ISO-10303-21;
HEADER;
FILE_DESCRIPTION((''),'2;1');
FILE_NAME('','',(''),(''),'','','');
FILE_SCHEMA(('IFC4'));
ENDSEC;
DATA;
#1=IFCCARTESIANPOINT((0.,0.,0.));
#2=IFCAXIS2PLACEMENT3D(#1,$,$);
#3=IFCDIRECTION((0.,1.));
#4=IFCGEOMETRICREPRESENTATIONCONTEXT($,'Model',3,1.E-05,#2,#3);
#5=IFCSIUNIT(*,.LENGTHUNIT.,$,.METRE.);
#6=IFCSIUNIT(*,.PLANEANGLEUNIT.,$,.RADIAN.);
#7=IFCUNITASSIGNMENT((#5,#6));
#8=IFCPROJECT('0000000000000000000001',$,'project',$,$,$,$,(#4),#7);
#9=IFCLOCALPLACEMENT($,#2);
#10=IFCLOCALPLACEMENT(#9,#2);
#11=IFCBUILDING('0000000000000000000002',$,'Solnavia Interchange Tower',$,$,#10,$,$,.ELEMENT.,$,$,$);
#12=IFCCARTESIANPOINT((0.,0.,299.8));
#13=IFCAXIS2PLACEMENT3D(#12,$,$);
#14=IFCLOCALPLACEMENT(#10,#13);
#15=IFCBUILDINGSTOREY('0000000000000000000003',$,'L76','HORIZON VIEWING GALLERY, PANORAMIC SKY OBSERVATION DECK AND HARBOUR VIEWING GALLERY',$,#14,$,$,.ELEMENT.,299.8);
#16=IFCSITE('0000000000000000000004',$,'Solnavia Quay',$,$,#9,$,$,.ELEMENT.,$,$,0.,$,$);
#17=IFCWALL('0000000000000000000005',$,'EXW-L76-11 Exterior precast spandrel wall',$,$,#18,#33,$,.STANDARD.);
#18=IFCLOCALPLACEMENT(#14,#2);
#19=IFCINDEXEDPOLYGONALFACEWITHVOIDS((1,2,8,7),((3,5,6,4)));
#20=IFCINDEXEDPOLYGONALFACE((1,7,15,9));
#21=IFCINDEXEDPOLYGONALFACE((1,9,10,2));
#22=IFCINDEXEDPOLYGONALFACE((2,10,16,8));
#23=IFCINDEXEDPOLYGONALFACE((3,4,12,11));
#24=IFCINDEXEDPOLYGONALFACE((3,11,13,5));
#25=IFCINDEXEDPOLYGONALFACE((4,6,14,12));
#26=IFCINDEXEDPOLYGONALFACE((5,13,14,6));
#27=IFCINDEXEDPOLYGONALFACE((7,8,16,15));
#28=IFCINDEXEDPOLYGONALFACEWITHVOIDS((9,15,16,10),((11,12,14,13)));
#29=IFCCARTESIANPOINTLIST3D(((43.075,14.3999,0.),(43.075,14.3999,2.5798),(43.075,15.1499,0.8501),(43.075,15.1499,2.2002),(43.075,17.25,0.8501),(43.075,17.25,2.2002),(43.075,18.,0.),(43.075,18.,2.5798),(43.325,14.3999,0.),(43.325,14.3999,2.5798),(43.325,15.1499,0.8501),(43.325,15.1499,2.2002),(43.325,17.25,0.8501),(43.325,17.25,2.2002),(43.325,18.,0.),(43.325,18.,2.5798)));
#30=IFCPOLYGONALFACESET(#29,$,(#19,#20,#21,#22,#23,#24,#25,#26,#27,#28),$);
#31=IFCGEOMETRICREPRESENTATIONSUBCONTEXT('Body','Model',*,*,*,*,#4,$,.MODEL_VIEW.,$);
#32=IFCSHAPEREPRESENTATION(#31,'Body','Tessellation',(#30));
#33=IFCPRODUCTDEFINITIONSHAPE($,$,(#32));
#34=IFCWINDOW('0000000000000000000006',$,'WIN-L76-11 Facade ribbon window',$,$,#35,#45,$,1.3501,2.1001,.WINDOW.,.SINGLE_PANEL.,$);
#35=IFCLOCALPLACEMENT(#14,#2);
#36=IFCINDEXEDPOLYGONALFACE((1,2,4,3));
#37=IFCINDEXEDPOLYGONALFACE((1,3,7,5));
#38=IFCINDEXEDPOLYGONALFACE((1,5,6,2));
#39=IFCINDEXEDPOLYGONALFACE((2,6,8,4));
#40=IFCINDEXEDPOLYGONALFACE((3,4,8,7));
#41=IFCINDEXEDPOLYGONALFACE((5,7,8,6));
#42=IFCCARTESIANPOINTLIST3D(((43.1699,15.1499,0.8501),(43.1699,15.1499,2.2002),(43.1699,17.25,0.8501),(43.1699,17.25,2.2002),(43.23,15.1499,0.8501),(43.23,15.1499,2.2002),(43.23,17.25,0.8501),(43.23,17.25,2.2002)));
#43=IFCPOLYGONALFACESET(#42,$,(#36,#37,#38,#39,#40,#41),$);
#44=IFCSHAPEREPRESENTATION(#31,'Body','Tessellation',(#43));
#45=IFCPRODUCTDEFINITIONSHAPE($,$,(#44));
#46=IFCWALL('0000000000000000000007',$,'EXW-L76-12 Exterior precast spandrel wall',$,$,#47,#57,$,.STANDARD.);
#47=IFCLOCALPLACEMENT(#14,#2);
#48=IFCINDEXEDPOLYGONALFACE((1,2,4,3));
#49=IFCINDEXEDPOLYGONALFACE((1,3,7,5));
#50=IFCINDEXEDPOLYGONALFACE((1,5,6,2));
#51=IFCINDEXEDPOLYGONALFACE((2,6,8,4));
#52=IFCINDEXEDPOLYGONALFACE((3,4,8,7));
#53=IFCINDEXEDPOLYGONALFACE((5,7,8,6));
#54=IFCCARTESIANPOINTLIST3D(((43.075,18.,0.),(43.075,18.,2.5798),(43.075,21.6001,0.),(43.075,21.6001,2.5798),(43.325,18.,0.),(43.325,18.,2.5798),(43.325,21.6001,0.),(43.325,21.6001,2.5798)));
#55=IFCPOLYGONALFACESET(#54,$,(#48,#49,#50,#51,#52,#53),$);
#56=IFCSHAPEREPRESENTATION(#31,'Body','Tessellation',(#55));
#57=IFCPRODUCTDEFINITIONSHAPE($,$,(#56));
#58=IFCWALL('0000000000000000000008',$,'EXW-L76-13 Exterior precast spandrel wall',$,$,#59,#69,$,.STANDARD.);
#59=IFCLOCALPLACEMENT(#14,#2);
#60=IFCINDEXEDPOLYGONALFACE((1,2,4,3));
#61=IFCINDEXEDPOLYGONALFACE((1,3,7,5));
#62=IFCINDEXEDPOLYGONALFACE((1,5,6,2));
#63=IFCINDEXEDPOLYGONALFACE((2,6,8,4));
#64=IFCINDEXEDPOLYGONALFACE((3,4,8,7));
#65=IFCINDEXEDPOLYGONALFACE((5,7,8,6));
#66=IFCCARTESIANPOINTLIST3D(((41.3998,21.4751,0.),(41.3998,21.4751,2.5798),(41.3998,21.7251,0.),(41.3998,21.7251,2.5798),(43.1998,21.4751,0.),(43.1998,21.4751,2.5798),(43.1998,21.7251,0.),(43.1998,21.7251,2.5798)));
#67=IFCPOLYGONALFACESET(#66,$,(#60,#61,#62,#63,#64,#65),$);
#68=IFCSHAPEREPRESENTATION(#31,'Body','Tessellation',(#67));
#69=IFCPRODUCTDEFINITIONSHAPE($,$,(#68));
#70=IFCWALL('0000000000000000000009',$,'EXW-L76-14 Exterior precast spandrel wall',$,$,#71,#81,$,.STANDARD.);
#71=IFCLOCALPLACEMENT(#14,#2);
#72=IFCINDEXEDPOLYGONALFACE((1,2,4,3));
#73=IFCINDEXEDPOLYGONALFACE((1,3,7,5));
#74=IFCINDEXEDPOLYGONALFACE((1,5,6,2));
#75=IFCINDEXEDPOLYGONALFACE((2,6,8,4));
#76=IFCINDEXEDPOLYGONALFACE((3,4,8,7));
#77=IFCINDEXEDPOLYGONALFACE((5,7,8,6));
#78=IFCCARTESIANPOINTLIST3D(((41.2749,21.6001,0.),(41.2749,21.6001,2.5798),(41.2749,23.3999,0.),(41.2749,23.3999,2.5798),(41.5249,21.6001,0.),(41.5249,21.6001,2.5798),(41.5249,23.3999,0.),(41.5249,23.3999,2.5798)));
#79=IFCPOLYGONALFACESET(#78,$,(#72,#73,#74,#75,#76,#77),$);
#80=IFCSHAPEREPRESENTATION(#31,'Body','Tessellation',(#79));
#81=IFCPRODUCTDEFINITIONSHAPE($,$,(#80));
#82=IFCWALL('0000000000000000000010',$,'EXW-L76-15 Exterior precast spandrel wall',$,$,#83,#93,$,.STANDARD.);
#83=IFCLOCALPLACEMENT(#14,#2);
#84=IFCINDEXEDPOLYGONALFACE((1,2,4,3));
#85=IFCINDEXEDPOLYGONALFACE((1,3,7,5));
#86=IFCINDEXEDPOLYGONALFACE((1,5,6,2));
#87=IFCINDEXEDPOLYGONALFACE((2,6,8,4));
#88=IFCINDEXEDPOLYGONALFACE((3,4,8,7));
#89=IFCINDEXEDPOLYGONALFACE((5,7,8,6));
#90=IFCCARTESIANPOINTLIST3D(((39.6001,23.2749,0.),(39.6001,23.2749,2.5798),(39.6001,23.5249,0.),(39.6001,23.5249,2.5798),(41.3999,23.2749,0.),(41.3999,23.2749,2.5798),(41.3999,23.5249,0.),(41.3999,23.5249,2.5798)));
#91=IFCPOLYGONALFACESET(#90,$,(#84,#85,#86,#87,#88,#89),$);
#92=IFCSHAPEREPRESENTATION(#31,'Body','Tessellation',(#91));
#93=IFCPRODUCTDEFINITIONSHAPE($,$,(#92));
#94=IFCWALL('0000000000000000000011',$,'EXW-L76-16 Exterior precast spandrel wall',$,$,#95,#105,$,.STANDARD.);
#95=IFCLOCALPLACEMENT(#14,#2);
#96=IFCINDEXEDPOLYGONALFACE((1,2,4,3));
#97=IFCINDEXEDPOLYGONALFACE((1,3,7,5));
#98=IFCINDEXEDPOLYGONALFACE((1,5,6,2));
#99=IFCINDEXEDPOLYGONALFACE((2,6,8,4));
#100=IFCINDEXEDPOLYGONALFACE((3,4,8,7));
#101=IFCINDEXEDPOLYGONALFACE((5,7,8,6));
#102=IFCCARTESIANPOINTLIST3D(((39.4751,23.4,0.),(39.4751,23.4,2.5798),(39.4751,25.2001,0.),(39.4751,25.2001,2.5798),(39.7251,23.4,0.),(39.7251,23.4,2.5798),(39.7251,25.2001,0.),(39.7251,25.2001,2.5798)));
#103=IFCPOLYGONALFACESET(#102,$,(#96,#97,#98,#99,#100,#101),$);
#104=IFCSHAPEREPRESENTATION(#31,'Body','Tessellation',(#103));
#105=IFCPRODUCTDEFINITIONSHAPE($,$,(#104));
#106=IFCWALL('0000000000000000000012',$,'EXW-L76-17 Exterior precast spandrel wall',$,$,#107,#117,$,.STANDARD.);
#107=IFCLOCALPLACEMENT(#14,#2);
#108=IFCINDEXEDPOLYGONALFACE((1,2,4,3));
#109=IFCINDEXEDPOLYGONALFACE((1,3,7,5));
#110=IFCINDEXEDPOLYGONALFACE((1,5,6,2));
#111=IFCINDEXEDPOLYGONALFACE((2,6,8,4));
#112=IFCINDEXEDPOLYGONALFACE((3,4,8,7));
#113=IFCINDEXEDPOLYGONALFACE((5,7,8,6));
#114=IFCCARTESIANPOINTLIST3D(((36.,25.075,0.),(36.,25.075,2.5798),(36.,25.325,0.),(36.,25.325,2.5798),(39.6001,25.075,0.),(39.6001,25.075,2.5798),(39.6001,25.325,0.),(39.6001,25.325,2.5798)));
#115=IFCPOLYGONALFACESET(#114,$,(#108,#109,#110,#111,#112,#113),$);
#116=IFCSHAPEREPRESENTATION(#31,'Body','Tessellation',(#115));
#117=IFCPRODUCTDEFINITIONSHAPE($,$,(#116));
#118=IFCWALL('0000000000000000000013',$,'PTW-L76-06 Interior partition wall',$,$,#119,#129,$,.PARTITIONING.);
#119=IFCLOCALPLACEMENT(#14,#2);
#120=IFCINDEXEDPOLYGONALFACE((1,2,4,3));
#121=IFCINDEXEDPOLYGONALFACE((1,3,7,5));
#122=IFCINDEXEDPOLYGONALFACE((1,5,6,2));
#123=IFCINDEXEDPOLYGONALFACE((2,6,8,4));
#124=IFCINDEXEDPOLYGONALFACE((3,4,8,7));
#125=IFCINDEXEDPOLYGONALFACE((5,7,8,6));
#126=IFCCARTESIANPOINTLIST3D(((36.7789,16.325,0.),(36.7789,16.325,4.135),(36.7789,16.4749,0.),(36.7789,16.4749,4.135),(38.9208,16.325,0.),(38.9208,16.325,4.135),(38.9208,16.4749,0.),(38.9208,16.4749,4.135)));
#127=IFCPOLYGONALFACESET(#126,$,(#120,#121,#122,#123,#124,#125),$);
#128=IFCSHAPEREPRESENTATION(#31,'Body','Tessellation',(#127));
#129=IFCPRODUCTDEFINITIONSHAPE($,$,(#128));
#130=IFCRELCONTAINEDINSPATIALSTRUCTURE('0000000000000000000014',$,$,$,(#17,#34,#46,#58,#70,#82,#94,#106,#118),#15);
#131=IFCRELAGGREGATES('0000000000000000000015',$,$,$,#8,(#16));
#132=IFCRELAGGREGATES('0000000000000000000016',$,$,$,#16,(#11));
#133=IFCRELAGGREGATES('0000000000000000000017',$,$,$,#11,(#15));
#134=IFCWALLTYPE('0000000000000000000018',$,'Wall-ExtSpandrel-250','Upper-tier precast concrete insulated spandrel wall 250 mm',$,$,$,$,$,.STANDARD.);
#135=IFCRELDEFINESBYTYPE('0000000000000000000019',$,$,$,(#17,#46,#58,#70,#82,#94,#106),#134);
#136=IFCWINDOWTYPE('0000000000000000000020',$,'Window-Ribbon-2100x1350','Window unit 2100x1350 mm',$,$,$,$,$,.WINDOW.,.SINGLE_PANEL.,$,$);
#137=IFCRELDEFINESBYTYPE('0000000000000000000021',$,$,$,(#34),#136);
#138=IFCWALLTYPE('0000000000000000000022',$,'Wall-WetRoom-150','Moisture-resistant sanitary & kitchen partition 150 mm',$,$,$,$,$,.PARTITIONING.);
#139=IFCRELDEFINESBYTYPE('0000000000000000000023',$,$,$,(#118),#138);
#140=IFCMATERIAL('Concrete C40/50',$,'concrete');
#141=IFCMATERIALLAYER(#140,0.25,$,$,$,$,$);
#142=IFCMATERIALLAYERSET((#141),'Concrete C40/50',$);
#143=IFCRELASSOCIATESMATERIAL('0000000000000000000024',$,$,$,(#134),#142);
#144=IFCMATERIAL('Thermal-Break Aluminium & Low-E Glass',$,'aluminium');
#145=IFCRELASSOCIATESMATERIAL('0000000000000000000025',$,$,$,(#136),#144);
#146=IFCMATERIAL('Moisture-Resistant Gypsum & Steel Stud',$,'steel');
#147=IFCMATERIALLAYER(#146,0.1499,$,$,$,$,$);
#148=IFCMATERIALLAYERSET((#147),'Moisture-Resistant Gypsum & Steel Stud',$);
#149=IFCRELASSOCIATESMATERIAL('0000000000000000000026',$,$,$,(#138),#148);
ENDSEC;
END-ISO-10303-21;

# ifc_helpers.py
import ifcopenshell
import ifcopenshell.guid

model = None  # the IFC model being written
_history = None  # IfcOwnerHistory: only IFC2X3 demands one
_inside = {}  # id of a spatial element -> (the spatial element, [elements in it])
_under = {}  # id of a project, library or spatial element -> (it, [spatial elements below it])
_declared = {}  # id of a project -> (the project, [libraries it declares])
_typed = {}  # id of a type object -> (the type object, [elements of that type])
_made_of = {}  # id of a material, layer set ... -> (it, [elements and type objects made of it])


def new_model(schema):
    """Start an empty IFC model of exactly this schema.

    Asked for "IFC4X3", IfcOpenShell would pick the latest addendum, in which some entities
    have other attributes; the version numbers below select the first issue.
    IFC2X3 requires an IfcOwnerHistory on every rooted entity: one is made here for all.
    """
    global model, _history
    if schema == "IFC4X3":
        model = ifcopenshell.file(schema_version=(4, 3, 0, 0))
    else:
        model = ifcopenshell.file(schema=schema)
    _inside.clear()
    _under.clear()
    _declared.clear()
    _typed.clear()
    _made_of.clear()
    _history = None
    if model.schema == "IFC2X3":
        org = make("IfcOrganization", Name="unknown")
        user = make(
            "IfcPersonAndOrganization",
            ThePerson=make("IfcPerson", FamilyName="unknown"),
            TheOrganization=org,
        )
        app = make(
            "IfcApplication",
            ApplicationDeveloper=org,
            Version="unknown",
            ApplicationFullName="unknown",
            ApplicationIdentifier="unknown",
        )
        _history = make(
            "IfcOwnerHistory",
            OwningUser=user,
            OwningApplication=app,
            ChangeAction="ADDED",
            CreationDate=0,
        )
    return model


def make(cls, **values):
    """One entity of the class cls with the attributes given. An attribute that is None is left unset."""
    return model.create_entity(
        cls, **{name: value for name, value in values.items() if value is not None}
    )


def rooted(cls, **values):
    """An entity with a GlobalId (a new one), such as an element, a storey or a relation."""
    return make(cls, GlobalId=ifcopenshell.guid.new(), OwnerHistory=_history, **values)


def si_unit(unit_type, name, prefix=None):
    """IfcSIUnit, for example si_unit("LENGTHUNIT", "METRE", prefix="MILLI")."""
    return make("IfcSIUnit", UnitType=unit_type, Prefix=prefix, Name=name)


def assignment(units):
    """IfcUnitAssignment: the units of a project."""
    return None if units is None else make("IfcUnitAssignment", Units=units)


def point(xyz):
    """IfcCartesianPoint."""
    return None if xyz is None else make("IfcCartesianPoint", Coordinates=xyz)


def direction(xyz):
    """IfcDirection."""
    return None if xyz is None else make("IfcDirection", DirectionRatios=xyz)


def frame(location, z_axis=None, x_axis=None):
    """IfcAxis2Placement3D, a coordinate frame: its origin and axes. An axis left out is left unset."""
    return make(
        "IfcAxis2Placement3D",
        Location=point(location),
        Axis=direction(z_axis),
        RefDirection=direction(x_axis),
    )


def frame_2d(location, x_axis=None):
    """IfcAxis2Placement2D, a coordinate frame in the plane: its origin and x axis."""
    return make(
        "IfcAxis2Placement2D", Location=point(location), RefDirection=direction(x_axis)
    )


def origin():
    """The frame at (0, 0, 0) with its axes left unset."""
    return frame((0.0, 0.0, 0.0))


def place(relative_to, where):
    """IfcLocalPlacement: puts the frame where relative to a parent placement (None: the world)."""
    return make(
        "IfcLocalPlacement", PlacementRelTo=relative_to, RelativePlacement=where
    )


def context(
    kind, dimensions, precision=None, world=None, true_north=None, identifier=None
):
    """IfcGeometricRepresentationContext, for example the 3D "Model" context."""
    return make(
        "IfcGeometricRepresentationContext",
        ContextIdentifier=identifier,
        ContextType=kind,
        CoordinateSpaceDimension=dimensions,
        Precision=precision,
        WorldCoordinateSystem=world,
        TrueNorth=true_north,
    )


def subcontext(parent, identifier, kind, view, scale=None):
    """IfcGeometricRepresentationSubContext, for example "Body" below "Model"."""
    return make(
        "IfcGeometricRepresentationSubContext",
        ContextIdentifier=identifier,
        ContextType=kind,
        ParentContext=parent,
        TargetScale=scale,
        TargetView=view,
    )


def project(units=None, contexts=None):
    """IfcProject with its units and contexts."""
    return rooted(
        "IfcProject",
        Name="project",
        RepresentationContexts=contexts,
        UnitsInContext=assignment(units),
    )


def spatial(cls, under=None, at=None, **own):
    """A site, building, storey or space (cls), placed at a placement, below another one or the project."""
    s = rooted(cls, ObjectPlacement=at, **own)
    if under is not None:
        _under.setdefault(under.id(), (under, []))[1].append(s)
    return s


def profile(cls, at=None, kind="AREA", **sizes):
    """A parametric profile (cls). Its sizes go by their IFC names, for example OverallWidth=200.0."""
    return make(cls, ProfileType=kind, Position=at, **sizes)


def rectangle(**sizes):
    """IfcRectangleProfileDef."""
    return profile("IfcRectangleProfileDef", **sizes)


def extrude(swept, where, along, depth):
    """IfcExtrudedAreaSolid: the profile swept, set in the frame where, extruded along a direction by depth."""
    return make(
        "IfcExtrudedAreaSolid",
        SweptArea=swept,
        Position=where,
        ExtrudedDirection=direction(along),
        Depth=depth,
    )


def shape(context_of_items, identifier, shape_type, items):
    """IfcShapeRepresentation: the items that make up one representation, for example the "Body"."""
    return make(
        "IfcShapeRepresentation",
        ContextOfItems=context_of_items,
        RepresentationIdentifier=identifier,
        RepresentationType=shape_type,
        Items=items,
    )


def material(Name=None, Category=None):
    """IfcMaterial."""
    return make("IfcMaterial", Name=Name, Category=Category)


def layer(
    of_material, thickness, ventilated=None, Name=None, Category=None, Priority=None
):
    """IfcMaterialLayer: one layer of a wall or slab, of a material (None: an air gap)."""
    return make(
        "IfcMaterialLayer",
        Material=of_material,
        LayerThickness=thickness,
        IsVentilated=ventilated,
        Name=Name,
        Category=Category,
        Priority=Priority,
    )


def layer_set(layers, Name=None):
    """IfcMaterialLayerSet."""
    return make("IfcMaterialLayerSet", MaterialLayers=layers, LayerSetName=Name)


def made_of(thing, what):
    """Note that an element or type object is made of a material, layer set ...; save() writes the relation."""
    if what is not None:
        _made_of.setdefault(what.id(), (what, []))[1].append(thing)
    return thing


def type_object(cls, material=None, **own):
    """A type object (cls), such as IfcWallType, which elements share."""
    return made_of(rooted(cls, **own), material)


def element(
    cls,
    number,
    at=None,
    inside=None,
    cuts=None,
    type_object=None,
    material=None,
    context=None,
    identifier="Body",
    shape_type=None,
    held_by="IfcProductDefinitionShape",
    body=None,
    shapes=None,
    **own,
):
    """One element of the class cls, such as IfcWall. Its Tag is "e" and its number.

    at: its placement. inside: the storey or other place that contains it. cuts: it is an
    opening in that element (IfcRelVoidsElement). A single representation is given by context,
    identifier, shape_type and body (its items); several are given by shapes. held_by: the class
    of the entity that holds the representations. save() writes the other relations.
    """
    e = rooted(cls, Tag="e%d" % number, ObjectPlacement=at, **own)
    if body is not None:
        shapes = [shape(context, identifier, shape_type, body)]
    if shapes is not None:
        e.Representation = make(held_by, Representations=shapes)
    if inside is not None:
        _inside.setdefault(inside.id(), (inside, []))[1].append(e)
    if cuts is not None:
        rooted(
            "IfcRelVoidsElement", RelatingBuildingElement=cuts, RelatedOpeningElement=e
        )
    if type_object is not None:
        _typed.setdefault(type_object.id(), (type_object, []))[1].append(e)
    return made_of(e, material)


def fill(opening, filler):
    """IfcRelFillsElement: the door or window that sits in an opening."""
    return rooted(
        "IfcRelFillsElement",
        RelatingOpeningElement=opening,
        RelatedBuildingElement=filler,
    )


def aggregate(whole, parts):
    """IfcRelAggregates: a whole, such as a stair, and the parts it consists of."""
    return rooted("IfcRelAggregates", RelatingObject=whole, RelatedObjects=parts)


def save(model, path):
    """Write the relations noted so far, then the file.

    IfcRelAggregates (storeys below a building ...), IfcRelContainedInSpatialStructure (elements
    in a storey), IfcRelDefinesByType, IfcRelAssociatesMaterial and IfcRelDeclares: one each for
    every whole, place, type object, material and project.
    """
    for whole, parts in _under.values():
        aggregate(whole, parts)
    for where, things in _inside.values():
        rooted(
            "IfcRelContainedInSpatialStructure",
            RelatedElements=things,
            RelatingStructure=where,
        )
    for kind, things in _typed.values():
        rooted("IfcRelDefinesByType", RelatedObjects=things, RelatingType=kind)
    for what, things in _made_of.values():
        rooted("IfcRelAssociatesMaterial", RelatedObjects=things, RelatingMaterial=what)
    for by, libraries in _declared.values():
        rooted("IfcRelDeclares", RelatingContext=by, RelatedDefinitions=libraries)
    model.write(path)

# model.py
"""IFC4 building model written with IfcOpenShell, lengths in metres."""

from ifc_helpers import new_model, si_unit, direction, frame, frame_2d, origin, place, context, subcontext, project, spatial, rectangle, extrude, material, layer, layer_set, type_object, element, fill, save


model = new_model("IFC4")

# Units and contexts
model_context = context("Model", 3, precision=1e-05, world=origin(), true_north=direction((0.0, 1.0)))
body_context = subcontext(model_context, "Body", "Model", "MODEL_VIEW")
ifc_project = project(units=[si_unit("LENGTHUNIT", "METRE"), si_unit("PLANEANGLEUNIT", "RADIAN")], contexts=[model_context])

# Site, building, storey
site_placement = place(None, origin())
site = spatial("IfcSite", under=ifc_project, at=site_placement, Name="Solnavia Quay", CompositionType="ELEMENT", RefElevation=0.0)
building_placement = place(site_placement, origin())
building = spatial("IfcBuilding", under=site, at=building_placement, Name="Solnavia Interchange Tower", CompositionType="ELEMENT")
storey_placement = place(building_placement, frame((0.0, 0.0, 299.8)))
storey = spatial("IfcBuildingStorey", under=building, at=storey_placement, Name="L76", Description="HORIZON VIEWING GALLERY, PANORAMIC SKY OBSERVATION DECK AND HARBOUR VIEWING GALLERY", CompositionType="ELEMENT", Elevation=299.8)

# Wall, opening, window
ifc_material_1 = material(Name="Concrete C40/50", Category="concrete")
ifc_layer_1 = layer(ifc_material_1, 0.25)
ifc_layer_set_1 = layer_set([ifc_layer_1], Name="Concrete C40/50")
wall_type_1 = type_object("IfcWallType", Name="Wall-ExtSpandrel-250", Description="Upper-tier precast concrete insulated spandrel wall 250 mm", PredefinedType="STANDARD", material=ifc_layer_set_1)
wall_1_placement = place(storey_placement, frame((43.2, 18.0, 0.0), z_axis=(0.0, 0.0, 1.0), x_axis=(0.0, -1.0, 0.0)))
wall_1 = element("IfcWall", 1, at=wall_1_placement, inside=storey, type_object=wall_type_1, Name="EXW-L76-11 Exterior precast spandrel wall", PredefinedType="STANDARD", context=body_context, shape_type="SweptSolid", body=[
    extrude(rectangle(XDim=3.6001, YDim=0.25, at=frame_2d((1.8, 0.0))), origin(), (0.0, 0.0, 1.0), 2.5798),
])
opening_placement = place(wall_1_placement, frame((0.75, 0.0, 0.8501)))
opening = element("IfcOpeningElement", 2, at=opening_placement, cuts=wall_1, PredefinedType="OPENING", context=body_context, shape_type="SweptSolid", body=[
    extrude(rectangle(XDim=2.1001, YDim=1.3501, at=frame_2d((1.05, 0.675))), frame((0.0, 0.135, 0.0), z_axis=(0.0, -1.0, 0.0), x_axis=(1.0, 0.0, 0.0)), (0.0, 0.0, 1.0), 0.27),
])
ifc_material_2 = material(Name="Thermal-Break Aluminium & Low-E Glass", Category="aluminium")
window_type = type_object("IfcWindowType", Name="Window-Ribbon-2100x1350", Description="Window unit 2100x1350 mm", PartitioningType="SINGLE_PANEL", PredefinedType="WINDOW", material=ifc_material_2)
window_placement = place(opening_placement, origin())
window = element("IfcWindow", 3, at=window_placement, inside=storey, type_object=window_type, Name="WIN-L76-11 Facade ribbon window", OverallHeight=1.3501, OverallWidth=2.1001, PartitioningType="SINGLE_PANEL", PredefinedType="WINDOW", context=body_context, shape_type="SweptSolid", body=[
    extrude(rectangle(XDim=2.1001, YDim=1.3501, at=frame_2d((1.05, 0.675))), frame((0.0, 0.03, 0.0), z_axis=(0.0, -1.0, 0.0), x_axis=(1.0, 0.0, 0.0)), (0.0, 0.0, 1.0), 0.0601),
])
fill(opening, window)

# Walls
wall_2_placement = place(storey_placement, frame((43.2, 21.6001, 0.0), z_axis=(0.0, 0.0, 1.0), x_axis=(0.0, -1.0, 0.0)))
element("IfcWall", 4, at=wall_2_placement, inside=storey, type_object=wall_type_1, Name="EXW-L76-12 Exterior precast spandrel wall", PredefinedType="STANDARD", context=body_context, shape_type="SweptSolid", body=[
    extrude(rectangle(XDim=3.6001, YDim=0.25, at=frame_2d((1.8, 0.0))), origin(), (0.0, 0.0, 1.0), 2.5798),
])
wall_3_placement = place(storey_placement, frame((41.3999, 21.6001, 0.0), z_axis=(0.0, 0.0, 1.0), x_axis=(1.0, 0.0, 0.0)))
element("IfcWall", 5, at=wall_3_placement, inside=storey, type_object=wall_type_1, Name="EXW-L76-13 Exterior precast spandrel wall", PredefinedType="STANDARD", context=body_context, shape_type="SweptSolid", body=[
    extrude(rectangle(XDim=1.8, YDim=0.25, at=frame_2d((0.8999, 0.0))), origin(), (0.0, 0.0, 1.0), 2.5798),
])
for number, where, z_axis, x_axis, name in (
    (6, (41.3999, 23.3999, 0.0), (0.0, 0.0, 1.0), (0.0, -1.0, 0.0), "EXW-L76-14 Exterior precast spandrel wall"),
    (7, (39.6001, 23.3999, 0.0), (0.0, 0.0, 1.0), (1.0, 0.0, 0.0), "EXW-L76-15 Exterior precast spandrel wall"),
):
    element("IfcWall", number, at=place(storey_placement, frame(where, z_axis=z_axis, x_axis=x_axis)), inside=storey, type_object=wall_type_1, Name=name, PredefinedType="STANDARD", context=body_context, shape_type="SweptSolid", body=[
        extrude(rectangle(XDim=1.7998, YDim=0.25, at=frame_2d((0.8999, 0.0))), origin(), (0.0, 0.0, 1.0), 2.5798),
    ])
wall_4_placement = place(storey_placement, frame((39.6001, 25.2, 0.0), z_axis=(0.0, 0.0, 1.0), x_axis=(0.0, -1.0, 0.0)))
element("IfcWall", 8, at=wall_4_placement, inside=storey, type_object=wall_type_1, Name="EXW-L76-16 Exterior precast spandrel wall", PredefinedType="STANDARD", context=body_context, shape_type="SweptSolid", body=[
    extrude(rectangle(XDim=1.8, YDim=0.25, at=frame_2d((0.8999, 0.0))), origin(), (0.0, 0.0, 1.0), 2.5798),
])
wall_5_placement = place(storey_placement, frame((36.0, 25.2, 0.0), z_axis=(0.0, 0.0, 1.0), x_axis=(1.0, 0.0, 0.0)))
element("IfcWall", 9, at=wall_5_placement, inside=storey, type_object=wall_type_1, Name="EXW-L76-17 Exterior precast spandrel wall", PredefinedType="STANDARD", context=body_context, shape_type="SweptSolid", body=[
    extrude(rectangle(XDim=3.6001, YDim=0.25, at=frame_2d((1.8, 0.0))), origin(), (0.0, 0.0, 1.0), 2.5798),
])
ifc_material_3 = material(Name="Moisture-Resistant Gypsum & Steel Stud", Category="steel")
ifc_layer_2 = layer(ifc_material_3, 0.1499)
ifc_layer_set_2 = layer_set([ifc_layer_2], Name="Moisture-Resistant Gypsum & Steel Stud")
wall_type_2 = type_object("IfcWallType", Name="Wall-WetRoom-150", Description="Moisture-resistant sanitary & kitchen partition 150 mm", PredefinedType="PARTITIONING", material=ifc_layer_set_2)
wall_6_placement = place(storey_placement, frame((36.7791, 16.3999, 0.0), z_axis=(0.0, 0.0, 1.0), x_axis=(1.0, 0.0, 0.0)))
element("IfcWall", 10, at=wall_6_placement, inside=storey, type_object=wall_type_2, Name="PTW-L76-06 Interior partition wall", PredefinedType="PARTITIONING", context=body_context, shape_type="SweptSolid", body=[
    extrude(rectangle(XDim=2.1418, YDim=0.1499, at=frame_2d((1.0708, 0.0))), origin(), (0.0, 0.0, 1.0), 4.135),
])

save(model, "model.ifc")
